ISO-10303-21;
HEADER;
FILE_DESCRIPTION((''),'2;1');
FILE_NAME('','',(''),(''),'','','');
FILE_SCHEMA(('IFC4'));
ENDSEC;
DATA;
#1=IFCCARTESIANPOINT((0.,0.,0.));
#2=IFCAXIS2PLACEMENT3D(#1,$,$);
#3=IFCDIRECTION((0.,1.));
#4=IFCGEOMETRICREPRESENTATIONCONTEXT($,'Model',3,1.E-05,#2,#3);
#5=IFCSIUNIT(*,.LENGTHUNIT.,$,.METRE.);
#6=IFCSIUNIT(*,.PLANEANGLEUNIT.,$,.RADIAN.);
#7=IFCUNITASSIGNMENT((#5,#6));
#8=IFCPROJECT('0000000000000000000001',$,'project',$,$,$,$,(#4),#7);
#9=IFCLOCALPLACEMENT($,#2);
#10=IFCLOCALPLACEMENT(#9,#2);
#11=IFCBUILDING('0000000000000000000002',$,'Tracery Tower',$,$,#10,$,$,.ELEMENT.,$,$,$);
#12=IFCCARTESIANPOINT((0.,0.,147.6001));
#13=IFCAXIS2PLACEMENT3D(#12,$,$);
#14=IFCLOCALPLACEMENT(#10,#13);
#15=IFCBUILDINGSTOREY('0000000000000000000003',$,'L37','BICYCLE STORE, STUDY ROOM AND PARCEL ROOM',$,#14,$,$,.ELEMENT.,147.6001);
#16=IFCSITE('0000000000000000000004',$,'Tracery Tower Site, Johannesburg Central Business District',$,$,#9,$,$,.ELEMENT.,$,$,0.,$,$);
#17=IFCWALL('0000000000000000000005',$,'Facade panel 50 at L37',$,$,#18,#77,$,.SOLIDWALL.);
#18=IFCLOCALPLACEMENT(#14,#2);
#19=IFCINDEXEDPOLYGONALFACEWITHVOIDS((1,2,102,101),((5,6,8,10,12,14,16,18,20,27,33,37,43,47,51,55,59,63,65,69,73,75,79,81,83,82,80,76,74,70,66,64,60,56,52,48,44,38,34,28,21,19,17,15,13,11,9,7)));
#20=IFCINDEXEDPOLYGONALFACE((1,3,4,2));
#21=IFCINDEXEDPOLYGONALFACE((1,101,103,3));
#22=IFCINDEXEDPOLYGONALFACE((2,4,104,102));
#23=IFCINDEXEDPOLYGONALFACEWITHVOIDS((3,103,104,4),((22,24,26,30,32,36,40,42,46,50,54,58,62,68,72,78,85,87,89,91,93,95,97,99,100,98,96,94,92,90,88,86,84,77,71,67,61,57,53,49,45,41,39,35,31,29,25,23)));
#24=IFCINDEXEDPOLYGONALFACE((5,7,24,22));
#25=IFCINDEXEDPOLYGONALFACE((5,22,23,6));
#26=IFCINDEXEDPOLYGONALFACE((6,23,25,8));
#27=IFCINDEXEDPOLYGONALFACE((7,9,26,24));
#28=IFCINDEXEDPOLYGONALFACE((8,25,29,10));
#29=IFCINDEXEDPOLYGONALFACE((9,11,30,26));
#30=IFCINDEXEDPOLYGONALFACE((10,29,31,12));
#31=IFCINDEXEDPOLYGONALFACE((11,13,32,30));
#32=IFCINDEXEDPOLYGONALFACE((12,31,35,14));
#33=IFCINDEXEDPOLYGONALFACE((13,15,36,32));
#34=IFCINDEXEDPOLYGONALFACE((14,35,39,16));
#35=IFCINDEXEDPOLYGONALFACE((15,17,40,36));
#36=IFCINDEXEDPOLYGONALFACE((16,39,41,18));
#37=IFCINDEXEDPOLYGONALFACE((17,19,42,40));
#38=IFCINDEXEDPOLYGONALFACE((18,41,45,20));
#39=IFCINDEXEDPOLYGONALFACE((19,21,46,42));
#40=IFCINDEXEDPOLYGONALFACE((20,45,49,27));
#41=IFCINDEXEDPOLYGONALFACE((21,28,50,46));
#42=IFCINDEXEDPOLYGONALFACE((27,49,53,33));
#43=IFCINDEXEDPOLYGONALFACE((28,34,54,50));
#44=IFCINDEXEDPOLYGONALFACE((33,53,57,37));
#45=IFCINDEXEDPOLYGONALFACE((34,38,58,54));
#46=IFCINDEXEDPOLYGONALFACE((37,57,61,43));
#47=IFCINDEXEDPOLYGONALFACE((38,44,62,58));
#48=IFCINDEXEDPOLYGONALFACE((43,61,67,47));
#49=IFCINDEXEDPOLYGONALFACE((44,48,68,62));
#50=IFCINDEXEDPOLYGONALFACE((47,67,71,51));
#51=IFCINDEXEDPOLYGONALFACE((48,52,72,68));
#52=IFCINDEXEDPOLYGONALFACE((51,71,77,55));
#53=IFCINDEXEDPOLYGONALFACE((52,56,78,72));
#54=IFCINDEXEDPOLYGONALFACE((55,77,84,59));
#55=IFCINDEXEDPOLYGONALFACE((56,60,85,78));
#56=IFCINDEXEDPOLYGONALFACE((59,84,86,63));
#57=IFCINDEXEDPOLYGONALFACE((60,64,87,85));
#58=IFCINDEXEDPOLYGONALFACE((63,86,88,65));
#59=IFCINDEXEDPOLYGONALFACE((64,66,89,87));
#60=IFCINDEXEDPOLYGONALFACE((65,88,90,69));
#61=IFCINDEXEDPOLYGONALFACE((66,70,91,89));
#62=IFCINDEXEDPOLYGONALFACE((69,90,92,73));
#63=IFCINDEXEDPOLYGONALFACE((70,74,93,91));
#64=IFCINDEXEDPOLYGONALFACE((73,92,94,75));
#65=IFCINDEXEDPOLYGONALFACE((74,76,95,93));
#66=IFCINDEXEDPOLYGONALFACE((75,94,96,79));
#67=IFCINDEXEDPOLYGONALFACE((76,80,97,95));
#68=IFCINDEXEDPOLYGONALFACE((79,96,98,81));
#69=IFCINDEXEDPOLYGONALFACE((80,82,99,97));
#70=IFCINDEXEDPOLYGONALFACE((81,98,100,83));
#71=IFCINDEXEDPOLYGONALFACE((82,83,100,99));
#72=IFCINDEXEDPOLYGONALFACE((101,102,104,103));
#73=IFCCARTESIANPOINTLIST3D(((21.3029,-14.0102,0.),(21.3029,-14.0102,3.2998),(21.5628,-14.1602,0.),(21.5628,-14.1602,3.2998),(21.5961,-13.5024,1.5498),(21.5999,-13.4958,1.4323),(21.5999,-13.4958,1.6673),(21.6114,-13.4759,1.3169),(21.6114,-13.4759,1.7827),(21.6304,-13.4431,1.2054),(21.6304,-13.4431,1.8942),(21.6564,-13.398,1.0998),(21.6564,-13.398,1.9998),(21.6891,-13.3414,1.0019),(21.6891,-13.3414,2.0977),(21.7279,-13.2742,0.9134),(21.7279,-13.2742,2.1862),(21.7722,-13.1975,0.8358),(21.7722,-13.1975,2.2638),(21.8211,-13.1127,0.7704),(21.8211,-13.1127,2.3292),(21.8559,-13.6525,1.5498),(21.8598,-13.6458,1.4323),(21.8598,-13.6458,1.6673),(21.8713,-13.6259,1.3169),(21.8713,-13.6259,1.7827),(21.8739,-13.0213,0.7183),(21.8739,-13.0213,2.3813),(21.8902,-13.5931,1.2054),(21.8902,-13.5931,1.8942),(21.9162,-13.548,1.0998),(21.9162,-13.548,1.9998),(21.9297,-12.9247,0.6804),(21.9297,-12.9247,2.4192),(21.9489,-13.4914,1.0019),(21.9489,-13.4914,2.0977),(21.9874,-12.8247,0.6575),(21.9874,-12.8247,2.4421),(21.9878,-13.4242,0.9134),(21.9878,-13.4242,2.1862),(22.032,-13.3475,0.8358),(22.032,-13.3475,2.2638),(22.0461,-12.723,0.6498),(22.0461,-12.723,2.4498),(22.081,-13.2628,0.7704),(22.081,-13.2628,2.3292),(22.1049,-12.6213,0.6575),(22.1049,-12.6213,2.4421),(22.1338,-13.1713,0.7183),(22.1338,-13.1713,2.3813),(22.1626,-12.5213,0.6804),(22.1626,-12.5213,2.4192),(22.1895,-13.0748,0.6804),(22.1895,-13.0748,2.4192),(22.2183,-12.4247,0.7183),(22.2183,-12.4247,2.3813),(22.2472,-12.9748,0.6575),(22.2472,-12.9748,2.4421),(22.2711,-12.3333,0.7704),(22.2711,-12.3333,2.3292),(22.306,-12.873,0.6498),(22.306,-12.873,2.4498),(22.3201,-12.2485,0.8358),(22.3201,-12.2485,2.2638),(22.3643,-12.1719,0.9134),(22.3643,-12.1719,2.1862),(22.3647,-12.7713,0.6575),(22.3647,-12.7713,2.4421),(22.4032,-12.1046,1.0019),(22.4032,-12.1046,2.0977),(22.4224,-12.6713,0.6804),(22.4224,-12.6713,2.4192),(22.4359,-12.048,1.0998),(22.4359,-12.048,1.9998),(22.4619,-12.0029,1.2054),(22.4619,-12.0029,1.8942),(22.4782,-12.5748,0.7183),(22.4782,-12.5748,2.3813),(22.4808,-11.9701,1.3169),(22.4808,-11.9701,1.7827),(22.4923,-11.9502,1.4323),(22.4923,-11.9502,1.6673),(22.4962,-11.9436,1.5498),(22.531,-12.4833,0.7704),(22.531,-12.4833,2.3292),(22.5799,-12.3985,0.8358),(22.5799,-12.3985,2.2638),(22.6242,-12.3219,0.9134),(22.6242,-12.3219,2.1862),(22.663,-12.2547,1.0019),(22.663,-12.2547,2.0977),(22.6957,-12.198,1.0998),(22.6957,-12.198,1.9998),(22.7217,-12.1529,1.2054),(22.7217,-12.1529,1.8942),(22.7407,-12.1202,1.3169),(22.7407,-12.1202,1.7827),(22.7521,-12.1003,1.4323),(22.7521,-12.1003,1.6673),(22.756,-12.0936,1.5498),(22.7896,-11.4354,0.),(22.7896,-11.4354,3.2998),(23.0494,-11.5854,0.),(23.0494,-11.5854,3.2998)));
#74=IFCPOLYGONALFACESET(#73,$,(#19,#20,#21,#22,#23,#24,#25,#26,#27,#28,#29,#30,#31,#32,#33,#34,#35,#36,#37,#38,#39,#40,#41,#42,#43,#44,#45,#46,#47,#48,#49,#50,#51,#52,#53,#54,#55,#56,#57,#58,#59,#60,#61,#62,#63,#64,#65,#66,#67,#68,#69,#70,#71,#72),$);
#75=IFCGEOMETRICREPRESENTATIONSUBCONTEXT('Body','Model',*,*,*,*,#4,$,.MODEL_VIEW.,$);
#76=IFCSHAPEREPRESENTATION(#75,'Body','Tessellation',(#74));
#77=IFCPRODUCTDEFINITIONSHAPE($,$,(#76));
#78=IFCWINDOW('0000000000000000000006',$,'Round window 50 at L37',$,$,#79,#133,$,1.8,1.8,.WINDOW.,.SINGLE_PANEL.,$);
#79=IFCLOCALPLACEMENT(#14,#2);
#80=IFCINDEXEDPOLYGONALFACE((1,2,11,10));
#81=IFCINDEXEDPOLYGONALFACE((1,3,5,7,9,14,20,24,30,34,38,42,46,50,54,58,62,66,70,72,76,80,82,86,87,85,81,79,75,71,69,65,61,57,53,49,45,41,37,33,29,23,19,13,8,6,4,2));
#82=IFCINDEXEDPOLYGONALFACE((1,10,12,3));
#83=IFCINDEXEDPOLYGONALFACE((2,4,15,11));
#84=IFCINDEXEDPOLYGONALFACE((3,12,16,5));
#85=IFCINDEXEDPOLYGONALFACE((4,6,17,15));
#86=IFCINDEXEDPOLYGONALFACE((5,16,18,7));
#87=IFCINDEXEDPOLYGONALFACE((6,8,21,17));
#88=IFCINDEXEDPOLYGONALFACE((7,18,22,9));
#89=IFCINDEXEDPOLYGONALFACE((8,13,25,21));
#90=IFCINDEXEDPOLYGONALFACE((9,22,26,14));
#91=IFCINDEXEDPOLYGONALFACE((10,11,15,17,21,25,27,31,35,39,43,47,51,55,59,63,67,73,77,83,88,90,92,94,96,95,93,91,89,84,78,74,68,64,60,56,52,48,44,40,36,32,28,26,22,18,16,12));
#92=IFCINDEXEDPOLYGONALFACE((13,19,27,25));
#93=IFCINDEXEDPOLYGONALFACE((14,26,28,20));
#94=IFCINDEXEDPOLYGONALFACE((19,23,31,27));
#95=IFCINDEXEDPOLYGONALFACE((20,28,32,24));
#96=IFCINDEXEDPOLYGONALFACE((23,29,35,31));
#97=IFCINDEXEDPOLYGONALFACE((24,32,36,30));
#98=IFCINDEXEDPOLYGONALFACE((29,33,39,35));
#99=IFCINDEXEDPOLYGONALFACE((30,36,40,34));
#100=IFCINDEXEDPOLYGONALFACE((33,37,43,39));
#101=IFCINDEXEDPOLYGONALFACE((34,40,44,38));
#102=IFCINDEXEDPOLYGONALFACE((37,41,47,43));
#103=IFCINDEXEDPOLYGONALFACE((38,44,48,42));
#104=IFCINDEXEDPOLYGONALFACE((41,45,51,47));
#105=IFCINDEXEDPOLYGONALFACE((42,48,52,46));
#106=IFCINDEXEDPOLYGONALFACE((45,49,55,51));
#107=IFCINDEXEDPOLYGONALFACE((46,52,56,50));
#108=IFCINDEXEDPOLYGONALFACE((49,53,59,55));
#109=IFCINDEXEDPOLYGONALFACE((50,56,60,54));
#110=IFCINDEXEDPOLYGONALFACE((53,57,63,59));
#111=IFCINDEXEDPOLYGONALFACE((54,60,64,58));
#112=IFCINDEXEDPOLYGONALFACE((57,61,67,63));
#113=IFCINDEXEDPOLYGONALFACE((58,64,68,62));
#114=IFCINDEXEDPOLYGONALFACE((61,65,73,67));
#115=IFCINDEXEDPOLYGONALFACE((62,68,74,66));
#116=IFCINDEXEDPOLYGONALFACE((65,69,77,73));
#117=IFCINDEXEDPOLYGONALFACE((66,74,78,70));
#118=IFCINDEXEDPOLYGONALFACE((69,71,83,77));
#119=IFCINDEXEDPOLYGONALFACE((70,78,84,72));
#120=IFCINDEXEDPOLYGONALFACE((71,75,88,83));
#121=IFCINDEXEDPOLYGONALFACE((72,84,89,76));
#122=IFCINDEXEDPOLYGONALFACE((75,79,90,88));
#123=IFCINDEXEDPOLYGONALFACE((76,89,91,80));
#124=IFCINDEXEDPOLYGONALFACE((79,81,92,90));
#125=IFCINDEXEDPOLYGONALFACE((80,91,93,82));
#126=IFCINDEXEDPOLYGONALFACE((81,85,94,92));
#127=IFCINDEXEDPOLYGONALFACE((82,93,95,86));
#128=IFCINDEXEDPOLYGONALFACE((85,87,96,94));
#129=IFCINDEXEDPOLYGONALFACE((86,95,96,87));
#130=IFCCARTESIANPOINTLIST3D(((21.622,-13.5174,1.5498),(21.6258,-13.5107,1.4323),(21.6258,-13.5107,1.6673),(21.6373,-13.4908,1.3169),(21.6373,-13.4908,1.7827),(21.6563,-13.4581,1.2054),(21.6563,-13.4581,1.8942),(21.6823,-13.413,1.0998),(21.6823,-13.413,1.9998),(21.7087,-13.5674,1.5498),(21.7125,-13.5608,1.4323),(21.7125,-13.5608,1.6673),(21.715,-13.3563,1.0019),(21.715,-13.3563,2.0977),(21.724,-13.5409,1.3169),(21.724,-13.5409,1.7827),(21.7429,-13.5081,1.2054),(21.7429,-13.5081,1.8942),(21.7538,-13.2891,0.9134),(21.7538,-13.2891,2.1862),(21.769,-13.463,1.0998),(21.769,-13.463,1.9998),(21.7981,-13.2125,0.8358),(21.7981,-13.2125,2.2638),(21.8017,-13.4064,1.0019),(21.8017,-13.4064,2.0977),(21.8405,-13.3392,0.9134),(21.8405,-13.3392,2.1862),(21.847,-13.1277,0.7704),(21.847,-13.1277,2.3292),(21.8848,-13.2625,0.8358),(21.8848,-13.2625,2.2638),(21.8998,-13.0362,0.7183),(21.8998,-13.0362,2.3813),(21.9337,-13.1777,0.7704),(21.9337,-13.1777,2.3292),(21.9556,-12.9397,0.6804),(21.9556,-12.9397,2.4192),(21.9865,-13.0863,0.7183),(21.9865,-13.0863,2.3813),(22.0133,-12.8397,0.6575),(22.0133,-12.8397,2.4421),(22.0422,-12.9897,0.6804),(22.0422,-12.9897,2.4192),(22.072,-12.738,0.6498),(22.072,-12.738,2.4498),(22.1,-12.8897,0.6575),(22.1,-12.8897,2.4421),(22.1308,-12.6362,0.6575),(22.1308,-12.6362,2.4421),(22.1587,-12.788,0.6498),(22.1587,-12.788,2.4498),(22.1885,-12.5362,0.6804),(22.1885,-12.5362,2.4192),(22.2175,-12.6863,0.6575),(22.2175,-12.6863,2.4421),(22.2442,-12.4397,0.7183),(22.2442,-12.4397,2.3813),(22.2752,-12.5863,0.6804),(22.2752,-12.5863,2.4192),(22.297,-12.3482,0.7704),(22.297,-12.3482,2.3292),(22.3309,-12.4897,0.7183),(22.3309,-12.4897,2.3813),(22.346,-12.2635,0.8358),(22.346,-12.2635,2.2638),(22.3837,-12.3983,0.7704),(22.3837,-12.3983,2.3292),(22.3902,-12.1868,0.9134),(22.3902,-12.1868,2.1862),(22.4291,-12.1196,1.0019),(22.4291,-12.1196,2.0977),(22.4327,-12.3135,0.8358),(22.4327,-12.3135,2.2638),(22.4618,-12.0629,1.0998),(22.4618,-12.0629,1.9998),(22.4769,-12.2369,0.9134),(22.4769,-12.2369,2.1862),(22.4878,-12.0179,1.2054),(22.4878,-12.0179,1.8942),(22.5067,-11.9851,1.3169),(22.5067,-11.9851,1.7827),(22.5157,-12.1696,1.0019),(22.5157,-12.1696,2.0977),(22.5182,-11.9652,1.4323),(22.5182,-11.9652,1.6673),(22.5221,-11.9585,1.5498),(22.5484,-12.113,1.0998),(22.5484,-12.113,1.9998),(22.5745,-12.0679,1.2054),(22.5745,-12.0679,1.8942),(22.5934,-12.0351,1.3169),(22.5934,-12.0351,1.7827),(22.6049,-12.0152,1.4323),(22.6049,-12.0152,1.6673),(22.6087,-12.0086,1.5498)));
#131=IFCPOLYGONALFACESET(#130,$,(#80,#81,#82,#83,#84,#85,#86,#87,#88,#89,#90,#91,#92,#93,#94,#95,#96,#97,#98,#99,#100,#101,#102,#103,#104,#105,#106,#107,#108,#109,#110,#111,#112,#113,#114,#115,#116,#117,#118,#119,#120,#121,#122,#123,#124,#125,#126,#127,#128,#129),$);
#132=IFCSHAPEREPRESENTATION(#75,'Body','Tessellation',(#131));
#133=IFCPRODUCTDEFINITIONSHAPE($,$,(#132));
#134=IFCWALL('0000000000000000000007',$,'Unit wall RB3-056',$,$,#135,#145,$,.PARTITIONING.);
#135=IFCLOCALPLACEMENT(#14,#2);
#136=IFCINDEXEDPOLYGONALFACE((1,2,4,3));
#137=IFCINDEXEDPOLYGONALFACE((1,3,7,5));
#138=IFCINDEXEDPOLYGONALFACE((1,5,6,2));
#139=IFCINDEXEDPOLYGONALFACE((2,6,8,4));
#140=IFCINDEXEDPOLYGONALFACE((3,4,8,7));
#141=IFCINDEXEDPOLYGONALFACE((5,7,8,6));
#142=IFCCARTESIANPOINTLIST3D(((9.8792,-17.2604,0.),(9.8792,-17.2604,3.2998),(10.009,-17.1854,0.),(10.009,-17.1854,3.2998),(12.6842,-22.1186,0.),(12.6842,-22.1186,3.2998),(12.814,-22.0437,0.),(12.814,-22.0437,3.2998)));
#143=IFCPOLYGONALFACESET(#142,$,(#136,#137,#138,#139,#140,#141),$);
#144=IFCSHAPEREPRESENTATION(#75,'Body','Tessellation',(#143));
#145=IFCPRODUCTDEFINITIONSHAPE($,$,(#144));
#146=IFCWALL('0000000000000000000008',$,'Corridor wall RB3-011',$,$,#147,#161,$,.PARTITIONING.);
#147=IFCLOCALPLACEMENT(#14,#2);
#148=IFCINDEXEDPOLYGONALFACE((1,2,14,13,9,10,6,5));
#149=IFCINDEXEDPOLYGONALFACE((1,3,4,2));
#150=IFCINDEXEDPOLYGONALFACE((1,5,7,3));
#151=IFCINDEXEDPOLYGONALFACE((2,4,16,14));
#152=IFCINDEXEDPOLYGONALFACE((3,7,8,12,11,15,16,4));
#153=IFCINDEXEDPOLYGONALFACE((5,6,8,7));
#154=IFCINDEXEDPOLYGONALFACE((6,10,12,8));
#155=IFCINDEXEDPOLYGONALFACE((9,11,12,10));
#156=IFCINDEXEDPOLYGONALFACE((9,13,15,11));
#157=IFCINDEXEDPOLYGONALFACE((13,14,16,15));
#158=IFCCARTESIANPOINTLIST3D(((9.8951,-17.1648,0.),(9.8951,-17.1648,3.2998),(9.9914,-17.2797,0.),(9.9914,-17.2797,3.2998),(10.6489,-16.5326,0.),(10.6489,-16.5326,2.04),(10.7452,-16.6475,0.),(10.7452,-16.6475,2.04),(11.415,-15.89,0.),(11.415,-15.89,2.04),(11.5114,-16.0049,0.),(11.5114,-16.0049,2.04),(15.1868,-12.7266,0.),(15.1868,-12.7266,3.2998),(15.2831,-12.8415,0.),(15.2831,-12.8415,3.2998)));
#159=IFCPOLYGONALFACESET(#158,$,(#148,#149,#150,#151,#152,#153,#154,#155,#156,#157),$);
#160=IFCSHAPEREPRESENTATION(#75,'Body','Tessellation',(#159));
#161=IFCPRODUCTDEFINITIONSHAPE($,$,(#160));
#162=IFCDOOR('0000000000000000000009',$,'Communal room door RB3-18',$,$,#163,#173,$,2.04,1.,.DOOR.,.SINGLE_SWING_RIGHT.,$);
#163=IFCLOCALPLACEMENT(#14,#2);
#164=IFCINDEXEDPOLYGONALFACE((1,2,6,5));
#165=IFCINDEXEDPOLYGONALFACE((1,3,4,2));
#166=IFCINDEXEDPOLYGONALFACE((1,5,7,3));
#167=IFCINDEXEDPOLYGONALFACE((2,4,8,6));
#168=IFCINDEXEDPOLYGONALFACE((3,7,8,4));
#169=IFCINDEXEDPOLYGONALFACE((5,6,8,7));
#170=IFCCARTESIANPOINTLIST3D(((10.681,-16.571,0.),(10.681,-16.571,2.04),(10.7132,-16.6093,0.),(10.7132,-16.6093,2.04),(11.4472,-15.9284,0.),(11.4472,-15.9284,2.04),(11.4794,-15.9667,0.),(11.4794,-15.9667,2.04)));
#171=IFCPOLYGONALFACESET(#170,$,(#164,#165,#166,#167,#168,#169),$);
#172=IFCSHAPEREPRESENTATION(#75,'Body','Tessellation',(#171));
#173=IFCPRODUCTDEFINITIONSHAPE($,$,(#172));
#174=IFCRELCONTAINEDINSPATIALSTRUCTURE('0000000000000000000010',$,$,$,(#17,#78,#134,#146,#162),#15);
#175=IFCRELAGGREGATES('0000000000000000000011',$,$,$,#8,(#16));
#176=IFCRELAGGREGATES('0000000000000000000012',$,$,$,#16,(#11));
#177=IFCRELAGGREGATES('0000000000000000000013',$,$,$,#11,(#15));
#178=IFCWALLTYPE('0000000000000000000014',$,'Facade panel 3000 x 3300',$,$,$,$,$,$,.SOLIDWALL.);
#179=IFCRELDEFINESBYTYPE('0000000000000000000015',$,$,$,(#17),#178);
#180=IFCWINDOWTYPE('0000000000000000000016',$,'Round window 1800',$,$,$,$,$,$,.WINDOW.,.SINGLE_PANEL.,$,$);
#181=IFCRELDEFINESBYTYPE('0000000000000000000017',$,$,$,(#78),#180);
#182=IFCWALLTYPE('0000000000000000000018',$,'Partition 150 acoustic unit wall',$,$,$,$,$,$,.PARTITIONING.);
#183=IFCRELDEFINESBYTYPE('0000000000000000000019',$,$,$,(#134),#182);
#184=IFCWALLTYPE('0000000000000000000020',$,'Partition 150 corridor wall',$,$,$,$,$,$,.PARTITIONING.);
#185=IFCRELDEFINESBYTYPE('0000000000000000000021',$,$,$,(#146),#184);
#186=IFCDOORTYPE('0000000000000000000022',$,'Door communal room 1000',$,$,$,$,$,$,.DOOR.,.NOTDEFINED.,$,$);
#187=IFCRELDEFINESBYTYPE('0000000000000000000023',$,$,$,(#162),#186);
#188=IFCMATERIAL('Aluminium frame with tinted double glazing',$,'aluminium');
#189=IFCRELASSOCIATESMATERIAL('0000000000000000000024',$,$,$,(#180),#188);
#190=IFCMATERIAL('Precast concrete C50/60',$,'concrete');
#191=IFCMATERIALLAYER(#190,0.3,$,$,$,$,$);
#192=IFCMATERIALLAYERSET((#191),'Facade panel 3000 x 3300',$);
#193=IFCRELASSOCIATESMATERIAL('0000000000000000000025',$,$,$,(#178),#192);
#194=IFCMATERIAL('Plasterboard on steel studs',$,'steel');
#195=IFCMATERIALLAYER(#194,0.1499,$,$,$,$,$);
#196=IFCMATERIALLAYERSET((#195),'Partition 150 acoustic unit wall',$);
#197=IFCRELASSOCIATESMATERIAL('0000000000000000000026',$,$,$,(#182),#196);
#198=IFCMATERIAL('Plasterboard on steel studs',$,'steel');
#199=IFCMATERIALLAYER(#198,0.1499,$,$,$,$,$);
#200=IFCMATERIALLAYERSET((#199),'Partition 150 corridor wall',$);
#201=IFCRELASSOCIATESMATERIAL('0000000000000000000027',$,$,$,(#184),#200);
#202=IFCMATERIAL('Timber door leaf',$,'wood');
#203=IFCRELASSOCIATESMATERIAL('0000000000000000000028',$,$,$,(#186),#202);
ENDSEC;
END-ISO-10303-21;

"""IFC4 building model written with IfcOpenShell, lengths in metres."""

from ifc_helpers import new_model, si_unit, direction, frame, frame_2d, origin, origin_2d, place, context, subcontext, project, spatial, rectangle, circle, extrude, material, layer, layer_set, type_object, element, fill, save


model = new_model("IFC4")

# Units and contexts
model_context = context("Model", 3, precision=1e-05, world=origin(), true_north=direction((0.0, 1.0)))
body_context = subcontext(model_context, "Body", "Model", "MODEL_VIEW")
ifc_project = project(units=[si_unit("LENGTHUNIT", "METRE"), si_unit("PLANEANGLEUNIT", "RADIAN")], contexts=[model_context])

# Site, building, storey
site_placement = place(None, origin())
site = spatial("IfcSite", under=ifc_project, at=site_placement, Name="Tracery Tower Site, Johannesburg Central Business District", CompositionType="ELEMENT", RefElevation=0.0)
building_placement = place(site_placement, origin())
building = spatial("IfcBuilding", under=site, at=building_placement, Name="Tracery Tower", CompositionType="ELEMENT")
storey_placement = place(building_placement, frame((0.0, 0.0, 147.6001)))
storey = spatial("IfcBuildingStorey", under=building, at=storey_placement, Name="L37", Description="BICYCLE STORE, STUDY ROOM AND PARCEL ROOM", CompositionType="ELEMENT", Elevation=147.6001)

# Wall, opening, window
ifc_material_1 = material(Name="Aluminium frame with tinted double glazing", Category="aluminium")
window_type = type_object("IfcWindowType", Name="Round window 1800", PartitioningType="SINGLE_PANEL", PredefinedType="WINDOW", material=ifc_material_1)
ifc_material_2 = material(Name="Precast concrete C50/60", Category="concrete")
ifc_layer_1 = layer(ifc_material_2, 0.3)
ifc_layer_set_1 = layer_set([ifc_layer_1], Name="Facade panel 3000 x 3300")
wall_type_1 = type_object("IfcWallType", Name="Facade panel 3000 x 3300", PredefinedType="SOLIDWALL", material=ifc_layer_set_1)
wall_1_placement = place(storey_placement, frame((21.4329, -14.0852, 0.0), z_axis=(0.0, 0.0, 1.0), x_axis=(0.500016, 0.866016, 0.0)))
wall_1 = element("IfcWall", 1, at=wall_1_placement, inside=storey, type_object=wall_type_1, Name="Facade panel 50 at L37", PredefinedType="SOLIDWALL", context=body_context, shape_type="SweptSolid", body=[
    extrude(rectangle(XDim=2.9731, YDim=0.3, at=frame_2d((1.4866, 0.0))), origin(), (0.0, 0.0, 1.0), 3.2998),
])
opening_1_placement = place(wall_1_placement, frame((1.4863, 0.0, 1.5498)))
opening_1 = element("IfcOpeningElement", 2, at=opening_1_placement, cuts=wall_1, PredefinedType="OPENING", context=body_context, shape_type="SweptSolid", body=[
    extrude(circle(Radius=0.9, at=origin_2d()), frame((0.0, 0.1599, 0.0), z_axis=(0.0, -1.0, 0.0), x_axis=(1.0, 0.0, 0.0)), (0.0, 0.0, 1.0), 0.3201),
])
window_1_placement = place(opening_1_placement, origin())
window_1 = element("IfcWindow", 3, at=window_1_placement, inside=storey, type_object=window_type, Name="Round window 50 at L37", OverallHeight=1.8, OverallWidth=1.8, PartitioningType="SINGLE_PANEL", PredefinedType="WINDOW", context=body_context, shape_type="SweptSolid", body=[
    extrude(circle(Radius=0.9, at=origin_2d()), frame((0.0, 0.1201, 0.0), z_axis=(0.0, -1.0, 0.0), x_axis=(1.0, 0.0, 0.0)), (0.0, 0.0, 1.0), 0.1001),
])
fill(opening_1, window_1)

# Wall
ifc_material_3 = material(Name="Plasterboard on steel studs", Category="steel")
ifc_layer_2 = layer(ifc_material_3, 0.1499)
ifc_layer_set_2 = layer_set([ifc_layer_2], Name="Partition 150 acoustic unit wall")
wall_type_2 = type_object("IfcWallType", Name="Partition 150 acoustic unit wall", PredefinedType="PARTITIONING", material=ifc_layer_set_2)
wall_2_placement = place(storey_placement, frame((9.9441, -17.2229, 0.0), z_axis=(0.0, 0.0, 1.0), x_axis=(0.50001, -0.86602, 0.0)))
element("IfcWall", 4, at=wall_2_placement, inside=storey, type_object=wall_type_2, Name="Unit wall RB3-056", PredefinedType="PARTITIONING", context=body_context, shape_type="SweptSolid", body=[
    extrude(rectangle(XDim=5.6099, YDim=0.1499, at=frame_2d((2.8049, 0.0))), origin(), (0.0, 0.0, 1.0), 3.2998),
])

# Wall, opening, door
ifc_material_4 = material(Name="Plasterboard on steel studs", Category="steel")
ifc_layer_3 = layer(ifc_material_4, 0.1499)
ifc_layer_set_3 = layer_set([ifc_layer_3], Name="Partition 150 corridor wall")
wall_type_3 = type_object("IfcWallType", Name="Partition 150 corridor wall", PredefinedType="PARTITIONING", material=ifc_layer_set_3)
wall_3_placement = place(storey_placement, frame((9.9434, -17.2222, 0.0), z_axis=(0.0, 0.0, 1.0), x_axis=(0.766192, 0.642612, 0.0)))
wall_3 = element("IfcWall", 5, at=wall_3_placement, inside=storey, type_object=wall_type_3, Name="Corridor wall RB3-011", PredefinedType="PARTITIONING", context=body_context, shape_type="SweptSolid", body=[
    extrude(rectangle(XDim=6.9065, YDim=0.1499, at=frame_2d((3.4531, 0.0))), origin(), (0.0, 0.0, 1.0), 3.2998),
])
opening_2_placement = place(wall_3_placement, frame((0.9836, 0.0, 0.0)))
opening_2 = element("IfcOpeningElement", 6, at=opening_2_placement, cuts=wall_3, PredefinedType="OPENING", context=body_context, shape_type="SweptSolid", body=[
    extrude(rectangle(XDim=1.0, YDim=2.04, at=frame_2d((0.5, 1.02))), frame((0.0, 0.075, 0.0), z_axis=(0.0, -1.0, 0.0), x_axis=(1.0, 0.0, 0.0)), (0.0, 0.0, 1.0), 0.1499),
])
ifc_material_5 = material(Name="Timber door leaf", Category="wood")
door_type = type_object("IfcDoorType", Name="Door communal room 1000", OperationType="NOTDEFINED", PredefinedType="DOOR", material=ifc_material_5)
door_placement = place(opening_2_placement, origin())
door = element("IfcDoor", 7, at=door_placement, inside=storey, type_object=door_type, Name="Communal room door RB3-18", OperationType="SINGLE_SWING_RIGHT", OverallHeight=2.04, OverallWidth=1.0, PredefinedType="DOOR", context=body_context, shape_type="SweptSolid", body=[
    extrude(rectangle(XDim=1.0, YDim=2.04, at=frame_2d((0.5, 1.02))), frame((0.0, 0.0249, 0.0), z_axis=(0.0, -1.0, 0.0), x_axis=(1.0, 0.0, 0.0)), (0.0, 0.0, 1.0), 0.05),
])
fill(opening_2, door)

save(model, "model.ifc")
